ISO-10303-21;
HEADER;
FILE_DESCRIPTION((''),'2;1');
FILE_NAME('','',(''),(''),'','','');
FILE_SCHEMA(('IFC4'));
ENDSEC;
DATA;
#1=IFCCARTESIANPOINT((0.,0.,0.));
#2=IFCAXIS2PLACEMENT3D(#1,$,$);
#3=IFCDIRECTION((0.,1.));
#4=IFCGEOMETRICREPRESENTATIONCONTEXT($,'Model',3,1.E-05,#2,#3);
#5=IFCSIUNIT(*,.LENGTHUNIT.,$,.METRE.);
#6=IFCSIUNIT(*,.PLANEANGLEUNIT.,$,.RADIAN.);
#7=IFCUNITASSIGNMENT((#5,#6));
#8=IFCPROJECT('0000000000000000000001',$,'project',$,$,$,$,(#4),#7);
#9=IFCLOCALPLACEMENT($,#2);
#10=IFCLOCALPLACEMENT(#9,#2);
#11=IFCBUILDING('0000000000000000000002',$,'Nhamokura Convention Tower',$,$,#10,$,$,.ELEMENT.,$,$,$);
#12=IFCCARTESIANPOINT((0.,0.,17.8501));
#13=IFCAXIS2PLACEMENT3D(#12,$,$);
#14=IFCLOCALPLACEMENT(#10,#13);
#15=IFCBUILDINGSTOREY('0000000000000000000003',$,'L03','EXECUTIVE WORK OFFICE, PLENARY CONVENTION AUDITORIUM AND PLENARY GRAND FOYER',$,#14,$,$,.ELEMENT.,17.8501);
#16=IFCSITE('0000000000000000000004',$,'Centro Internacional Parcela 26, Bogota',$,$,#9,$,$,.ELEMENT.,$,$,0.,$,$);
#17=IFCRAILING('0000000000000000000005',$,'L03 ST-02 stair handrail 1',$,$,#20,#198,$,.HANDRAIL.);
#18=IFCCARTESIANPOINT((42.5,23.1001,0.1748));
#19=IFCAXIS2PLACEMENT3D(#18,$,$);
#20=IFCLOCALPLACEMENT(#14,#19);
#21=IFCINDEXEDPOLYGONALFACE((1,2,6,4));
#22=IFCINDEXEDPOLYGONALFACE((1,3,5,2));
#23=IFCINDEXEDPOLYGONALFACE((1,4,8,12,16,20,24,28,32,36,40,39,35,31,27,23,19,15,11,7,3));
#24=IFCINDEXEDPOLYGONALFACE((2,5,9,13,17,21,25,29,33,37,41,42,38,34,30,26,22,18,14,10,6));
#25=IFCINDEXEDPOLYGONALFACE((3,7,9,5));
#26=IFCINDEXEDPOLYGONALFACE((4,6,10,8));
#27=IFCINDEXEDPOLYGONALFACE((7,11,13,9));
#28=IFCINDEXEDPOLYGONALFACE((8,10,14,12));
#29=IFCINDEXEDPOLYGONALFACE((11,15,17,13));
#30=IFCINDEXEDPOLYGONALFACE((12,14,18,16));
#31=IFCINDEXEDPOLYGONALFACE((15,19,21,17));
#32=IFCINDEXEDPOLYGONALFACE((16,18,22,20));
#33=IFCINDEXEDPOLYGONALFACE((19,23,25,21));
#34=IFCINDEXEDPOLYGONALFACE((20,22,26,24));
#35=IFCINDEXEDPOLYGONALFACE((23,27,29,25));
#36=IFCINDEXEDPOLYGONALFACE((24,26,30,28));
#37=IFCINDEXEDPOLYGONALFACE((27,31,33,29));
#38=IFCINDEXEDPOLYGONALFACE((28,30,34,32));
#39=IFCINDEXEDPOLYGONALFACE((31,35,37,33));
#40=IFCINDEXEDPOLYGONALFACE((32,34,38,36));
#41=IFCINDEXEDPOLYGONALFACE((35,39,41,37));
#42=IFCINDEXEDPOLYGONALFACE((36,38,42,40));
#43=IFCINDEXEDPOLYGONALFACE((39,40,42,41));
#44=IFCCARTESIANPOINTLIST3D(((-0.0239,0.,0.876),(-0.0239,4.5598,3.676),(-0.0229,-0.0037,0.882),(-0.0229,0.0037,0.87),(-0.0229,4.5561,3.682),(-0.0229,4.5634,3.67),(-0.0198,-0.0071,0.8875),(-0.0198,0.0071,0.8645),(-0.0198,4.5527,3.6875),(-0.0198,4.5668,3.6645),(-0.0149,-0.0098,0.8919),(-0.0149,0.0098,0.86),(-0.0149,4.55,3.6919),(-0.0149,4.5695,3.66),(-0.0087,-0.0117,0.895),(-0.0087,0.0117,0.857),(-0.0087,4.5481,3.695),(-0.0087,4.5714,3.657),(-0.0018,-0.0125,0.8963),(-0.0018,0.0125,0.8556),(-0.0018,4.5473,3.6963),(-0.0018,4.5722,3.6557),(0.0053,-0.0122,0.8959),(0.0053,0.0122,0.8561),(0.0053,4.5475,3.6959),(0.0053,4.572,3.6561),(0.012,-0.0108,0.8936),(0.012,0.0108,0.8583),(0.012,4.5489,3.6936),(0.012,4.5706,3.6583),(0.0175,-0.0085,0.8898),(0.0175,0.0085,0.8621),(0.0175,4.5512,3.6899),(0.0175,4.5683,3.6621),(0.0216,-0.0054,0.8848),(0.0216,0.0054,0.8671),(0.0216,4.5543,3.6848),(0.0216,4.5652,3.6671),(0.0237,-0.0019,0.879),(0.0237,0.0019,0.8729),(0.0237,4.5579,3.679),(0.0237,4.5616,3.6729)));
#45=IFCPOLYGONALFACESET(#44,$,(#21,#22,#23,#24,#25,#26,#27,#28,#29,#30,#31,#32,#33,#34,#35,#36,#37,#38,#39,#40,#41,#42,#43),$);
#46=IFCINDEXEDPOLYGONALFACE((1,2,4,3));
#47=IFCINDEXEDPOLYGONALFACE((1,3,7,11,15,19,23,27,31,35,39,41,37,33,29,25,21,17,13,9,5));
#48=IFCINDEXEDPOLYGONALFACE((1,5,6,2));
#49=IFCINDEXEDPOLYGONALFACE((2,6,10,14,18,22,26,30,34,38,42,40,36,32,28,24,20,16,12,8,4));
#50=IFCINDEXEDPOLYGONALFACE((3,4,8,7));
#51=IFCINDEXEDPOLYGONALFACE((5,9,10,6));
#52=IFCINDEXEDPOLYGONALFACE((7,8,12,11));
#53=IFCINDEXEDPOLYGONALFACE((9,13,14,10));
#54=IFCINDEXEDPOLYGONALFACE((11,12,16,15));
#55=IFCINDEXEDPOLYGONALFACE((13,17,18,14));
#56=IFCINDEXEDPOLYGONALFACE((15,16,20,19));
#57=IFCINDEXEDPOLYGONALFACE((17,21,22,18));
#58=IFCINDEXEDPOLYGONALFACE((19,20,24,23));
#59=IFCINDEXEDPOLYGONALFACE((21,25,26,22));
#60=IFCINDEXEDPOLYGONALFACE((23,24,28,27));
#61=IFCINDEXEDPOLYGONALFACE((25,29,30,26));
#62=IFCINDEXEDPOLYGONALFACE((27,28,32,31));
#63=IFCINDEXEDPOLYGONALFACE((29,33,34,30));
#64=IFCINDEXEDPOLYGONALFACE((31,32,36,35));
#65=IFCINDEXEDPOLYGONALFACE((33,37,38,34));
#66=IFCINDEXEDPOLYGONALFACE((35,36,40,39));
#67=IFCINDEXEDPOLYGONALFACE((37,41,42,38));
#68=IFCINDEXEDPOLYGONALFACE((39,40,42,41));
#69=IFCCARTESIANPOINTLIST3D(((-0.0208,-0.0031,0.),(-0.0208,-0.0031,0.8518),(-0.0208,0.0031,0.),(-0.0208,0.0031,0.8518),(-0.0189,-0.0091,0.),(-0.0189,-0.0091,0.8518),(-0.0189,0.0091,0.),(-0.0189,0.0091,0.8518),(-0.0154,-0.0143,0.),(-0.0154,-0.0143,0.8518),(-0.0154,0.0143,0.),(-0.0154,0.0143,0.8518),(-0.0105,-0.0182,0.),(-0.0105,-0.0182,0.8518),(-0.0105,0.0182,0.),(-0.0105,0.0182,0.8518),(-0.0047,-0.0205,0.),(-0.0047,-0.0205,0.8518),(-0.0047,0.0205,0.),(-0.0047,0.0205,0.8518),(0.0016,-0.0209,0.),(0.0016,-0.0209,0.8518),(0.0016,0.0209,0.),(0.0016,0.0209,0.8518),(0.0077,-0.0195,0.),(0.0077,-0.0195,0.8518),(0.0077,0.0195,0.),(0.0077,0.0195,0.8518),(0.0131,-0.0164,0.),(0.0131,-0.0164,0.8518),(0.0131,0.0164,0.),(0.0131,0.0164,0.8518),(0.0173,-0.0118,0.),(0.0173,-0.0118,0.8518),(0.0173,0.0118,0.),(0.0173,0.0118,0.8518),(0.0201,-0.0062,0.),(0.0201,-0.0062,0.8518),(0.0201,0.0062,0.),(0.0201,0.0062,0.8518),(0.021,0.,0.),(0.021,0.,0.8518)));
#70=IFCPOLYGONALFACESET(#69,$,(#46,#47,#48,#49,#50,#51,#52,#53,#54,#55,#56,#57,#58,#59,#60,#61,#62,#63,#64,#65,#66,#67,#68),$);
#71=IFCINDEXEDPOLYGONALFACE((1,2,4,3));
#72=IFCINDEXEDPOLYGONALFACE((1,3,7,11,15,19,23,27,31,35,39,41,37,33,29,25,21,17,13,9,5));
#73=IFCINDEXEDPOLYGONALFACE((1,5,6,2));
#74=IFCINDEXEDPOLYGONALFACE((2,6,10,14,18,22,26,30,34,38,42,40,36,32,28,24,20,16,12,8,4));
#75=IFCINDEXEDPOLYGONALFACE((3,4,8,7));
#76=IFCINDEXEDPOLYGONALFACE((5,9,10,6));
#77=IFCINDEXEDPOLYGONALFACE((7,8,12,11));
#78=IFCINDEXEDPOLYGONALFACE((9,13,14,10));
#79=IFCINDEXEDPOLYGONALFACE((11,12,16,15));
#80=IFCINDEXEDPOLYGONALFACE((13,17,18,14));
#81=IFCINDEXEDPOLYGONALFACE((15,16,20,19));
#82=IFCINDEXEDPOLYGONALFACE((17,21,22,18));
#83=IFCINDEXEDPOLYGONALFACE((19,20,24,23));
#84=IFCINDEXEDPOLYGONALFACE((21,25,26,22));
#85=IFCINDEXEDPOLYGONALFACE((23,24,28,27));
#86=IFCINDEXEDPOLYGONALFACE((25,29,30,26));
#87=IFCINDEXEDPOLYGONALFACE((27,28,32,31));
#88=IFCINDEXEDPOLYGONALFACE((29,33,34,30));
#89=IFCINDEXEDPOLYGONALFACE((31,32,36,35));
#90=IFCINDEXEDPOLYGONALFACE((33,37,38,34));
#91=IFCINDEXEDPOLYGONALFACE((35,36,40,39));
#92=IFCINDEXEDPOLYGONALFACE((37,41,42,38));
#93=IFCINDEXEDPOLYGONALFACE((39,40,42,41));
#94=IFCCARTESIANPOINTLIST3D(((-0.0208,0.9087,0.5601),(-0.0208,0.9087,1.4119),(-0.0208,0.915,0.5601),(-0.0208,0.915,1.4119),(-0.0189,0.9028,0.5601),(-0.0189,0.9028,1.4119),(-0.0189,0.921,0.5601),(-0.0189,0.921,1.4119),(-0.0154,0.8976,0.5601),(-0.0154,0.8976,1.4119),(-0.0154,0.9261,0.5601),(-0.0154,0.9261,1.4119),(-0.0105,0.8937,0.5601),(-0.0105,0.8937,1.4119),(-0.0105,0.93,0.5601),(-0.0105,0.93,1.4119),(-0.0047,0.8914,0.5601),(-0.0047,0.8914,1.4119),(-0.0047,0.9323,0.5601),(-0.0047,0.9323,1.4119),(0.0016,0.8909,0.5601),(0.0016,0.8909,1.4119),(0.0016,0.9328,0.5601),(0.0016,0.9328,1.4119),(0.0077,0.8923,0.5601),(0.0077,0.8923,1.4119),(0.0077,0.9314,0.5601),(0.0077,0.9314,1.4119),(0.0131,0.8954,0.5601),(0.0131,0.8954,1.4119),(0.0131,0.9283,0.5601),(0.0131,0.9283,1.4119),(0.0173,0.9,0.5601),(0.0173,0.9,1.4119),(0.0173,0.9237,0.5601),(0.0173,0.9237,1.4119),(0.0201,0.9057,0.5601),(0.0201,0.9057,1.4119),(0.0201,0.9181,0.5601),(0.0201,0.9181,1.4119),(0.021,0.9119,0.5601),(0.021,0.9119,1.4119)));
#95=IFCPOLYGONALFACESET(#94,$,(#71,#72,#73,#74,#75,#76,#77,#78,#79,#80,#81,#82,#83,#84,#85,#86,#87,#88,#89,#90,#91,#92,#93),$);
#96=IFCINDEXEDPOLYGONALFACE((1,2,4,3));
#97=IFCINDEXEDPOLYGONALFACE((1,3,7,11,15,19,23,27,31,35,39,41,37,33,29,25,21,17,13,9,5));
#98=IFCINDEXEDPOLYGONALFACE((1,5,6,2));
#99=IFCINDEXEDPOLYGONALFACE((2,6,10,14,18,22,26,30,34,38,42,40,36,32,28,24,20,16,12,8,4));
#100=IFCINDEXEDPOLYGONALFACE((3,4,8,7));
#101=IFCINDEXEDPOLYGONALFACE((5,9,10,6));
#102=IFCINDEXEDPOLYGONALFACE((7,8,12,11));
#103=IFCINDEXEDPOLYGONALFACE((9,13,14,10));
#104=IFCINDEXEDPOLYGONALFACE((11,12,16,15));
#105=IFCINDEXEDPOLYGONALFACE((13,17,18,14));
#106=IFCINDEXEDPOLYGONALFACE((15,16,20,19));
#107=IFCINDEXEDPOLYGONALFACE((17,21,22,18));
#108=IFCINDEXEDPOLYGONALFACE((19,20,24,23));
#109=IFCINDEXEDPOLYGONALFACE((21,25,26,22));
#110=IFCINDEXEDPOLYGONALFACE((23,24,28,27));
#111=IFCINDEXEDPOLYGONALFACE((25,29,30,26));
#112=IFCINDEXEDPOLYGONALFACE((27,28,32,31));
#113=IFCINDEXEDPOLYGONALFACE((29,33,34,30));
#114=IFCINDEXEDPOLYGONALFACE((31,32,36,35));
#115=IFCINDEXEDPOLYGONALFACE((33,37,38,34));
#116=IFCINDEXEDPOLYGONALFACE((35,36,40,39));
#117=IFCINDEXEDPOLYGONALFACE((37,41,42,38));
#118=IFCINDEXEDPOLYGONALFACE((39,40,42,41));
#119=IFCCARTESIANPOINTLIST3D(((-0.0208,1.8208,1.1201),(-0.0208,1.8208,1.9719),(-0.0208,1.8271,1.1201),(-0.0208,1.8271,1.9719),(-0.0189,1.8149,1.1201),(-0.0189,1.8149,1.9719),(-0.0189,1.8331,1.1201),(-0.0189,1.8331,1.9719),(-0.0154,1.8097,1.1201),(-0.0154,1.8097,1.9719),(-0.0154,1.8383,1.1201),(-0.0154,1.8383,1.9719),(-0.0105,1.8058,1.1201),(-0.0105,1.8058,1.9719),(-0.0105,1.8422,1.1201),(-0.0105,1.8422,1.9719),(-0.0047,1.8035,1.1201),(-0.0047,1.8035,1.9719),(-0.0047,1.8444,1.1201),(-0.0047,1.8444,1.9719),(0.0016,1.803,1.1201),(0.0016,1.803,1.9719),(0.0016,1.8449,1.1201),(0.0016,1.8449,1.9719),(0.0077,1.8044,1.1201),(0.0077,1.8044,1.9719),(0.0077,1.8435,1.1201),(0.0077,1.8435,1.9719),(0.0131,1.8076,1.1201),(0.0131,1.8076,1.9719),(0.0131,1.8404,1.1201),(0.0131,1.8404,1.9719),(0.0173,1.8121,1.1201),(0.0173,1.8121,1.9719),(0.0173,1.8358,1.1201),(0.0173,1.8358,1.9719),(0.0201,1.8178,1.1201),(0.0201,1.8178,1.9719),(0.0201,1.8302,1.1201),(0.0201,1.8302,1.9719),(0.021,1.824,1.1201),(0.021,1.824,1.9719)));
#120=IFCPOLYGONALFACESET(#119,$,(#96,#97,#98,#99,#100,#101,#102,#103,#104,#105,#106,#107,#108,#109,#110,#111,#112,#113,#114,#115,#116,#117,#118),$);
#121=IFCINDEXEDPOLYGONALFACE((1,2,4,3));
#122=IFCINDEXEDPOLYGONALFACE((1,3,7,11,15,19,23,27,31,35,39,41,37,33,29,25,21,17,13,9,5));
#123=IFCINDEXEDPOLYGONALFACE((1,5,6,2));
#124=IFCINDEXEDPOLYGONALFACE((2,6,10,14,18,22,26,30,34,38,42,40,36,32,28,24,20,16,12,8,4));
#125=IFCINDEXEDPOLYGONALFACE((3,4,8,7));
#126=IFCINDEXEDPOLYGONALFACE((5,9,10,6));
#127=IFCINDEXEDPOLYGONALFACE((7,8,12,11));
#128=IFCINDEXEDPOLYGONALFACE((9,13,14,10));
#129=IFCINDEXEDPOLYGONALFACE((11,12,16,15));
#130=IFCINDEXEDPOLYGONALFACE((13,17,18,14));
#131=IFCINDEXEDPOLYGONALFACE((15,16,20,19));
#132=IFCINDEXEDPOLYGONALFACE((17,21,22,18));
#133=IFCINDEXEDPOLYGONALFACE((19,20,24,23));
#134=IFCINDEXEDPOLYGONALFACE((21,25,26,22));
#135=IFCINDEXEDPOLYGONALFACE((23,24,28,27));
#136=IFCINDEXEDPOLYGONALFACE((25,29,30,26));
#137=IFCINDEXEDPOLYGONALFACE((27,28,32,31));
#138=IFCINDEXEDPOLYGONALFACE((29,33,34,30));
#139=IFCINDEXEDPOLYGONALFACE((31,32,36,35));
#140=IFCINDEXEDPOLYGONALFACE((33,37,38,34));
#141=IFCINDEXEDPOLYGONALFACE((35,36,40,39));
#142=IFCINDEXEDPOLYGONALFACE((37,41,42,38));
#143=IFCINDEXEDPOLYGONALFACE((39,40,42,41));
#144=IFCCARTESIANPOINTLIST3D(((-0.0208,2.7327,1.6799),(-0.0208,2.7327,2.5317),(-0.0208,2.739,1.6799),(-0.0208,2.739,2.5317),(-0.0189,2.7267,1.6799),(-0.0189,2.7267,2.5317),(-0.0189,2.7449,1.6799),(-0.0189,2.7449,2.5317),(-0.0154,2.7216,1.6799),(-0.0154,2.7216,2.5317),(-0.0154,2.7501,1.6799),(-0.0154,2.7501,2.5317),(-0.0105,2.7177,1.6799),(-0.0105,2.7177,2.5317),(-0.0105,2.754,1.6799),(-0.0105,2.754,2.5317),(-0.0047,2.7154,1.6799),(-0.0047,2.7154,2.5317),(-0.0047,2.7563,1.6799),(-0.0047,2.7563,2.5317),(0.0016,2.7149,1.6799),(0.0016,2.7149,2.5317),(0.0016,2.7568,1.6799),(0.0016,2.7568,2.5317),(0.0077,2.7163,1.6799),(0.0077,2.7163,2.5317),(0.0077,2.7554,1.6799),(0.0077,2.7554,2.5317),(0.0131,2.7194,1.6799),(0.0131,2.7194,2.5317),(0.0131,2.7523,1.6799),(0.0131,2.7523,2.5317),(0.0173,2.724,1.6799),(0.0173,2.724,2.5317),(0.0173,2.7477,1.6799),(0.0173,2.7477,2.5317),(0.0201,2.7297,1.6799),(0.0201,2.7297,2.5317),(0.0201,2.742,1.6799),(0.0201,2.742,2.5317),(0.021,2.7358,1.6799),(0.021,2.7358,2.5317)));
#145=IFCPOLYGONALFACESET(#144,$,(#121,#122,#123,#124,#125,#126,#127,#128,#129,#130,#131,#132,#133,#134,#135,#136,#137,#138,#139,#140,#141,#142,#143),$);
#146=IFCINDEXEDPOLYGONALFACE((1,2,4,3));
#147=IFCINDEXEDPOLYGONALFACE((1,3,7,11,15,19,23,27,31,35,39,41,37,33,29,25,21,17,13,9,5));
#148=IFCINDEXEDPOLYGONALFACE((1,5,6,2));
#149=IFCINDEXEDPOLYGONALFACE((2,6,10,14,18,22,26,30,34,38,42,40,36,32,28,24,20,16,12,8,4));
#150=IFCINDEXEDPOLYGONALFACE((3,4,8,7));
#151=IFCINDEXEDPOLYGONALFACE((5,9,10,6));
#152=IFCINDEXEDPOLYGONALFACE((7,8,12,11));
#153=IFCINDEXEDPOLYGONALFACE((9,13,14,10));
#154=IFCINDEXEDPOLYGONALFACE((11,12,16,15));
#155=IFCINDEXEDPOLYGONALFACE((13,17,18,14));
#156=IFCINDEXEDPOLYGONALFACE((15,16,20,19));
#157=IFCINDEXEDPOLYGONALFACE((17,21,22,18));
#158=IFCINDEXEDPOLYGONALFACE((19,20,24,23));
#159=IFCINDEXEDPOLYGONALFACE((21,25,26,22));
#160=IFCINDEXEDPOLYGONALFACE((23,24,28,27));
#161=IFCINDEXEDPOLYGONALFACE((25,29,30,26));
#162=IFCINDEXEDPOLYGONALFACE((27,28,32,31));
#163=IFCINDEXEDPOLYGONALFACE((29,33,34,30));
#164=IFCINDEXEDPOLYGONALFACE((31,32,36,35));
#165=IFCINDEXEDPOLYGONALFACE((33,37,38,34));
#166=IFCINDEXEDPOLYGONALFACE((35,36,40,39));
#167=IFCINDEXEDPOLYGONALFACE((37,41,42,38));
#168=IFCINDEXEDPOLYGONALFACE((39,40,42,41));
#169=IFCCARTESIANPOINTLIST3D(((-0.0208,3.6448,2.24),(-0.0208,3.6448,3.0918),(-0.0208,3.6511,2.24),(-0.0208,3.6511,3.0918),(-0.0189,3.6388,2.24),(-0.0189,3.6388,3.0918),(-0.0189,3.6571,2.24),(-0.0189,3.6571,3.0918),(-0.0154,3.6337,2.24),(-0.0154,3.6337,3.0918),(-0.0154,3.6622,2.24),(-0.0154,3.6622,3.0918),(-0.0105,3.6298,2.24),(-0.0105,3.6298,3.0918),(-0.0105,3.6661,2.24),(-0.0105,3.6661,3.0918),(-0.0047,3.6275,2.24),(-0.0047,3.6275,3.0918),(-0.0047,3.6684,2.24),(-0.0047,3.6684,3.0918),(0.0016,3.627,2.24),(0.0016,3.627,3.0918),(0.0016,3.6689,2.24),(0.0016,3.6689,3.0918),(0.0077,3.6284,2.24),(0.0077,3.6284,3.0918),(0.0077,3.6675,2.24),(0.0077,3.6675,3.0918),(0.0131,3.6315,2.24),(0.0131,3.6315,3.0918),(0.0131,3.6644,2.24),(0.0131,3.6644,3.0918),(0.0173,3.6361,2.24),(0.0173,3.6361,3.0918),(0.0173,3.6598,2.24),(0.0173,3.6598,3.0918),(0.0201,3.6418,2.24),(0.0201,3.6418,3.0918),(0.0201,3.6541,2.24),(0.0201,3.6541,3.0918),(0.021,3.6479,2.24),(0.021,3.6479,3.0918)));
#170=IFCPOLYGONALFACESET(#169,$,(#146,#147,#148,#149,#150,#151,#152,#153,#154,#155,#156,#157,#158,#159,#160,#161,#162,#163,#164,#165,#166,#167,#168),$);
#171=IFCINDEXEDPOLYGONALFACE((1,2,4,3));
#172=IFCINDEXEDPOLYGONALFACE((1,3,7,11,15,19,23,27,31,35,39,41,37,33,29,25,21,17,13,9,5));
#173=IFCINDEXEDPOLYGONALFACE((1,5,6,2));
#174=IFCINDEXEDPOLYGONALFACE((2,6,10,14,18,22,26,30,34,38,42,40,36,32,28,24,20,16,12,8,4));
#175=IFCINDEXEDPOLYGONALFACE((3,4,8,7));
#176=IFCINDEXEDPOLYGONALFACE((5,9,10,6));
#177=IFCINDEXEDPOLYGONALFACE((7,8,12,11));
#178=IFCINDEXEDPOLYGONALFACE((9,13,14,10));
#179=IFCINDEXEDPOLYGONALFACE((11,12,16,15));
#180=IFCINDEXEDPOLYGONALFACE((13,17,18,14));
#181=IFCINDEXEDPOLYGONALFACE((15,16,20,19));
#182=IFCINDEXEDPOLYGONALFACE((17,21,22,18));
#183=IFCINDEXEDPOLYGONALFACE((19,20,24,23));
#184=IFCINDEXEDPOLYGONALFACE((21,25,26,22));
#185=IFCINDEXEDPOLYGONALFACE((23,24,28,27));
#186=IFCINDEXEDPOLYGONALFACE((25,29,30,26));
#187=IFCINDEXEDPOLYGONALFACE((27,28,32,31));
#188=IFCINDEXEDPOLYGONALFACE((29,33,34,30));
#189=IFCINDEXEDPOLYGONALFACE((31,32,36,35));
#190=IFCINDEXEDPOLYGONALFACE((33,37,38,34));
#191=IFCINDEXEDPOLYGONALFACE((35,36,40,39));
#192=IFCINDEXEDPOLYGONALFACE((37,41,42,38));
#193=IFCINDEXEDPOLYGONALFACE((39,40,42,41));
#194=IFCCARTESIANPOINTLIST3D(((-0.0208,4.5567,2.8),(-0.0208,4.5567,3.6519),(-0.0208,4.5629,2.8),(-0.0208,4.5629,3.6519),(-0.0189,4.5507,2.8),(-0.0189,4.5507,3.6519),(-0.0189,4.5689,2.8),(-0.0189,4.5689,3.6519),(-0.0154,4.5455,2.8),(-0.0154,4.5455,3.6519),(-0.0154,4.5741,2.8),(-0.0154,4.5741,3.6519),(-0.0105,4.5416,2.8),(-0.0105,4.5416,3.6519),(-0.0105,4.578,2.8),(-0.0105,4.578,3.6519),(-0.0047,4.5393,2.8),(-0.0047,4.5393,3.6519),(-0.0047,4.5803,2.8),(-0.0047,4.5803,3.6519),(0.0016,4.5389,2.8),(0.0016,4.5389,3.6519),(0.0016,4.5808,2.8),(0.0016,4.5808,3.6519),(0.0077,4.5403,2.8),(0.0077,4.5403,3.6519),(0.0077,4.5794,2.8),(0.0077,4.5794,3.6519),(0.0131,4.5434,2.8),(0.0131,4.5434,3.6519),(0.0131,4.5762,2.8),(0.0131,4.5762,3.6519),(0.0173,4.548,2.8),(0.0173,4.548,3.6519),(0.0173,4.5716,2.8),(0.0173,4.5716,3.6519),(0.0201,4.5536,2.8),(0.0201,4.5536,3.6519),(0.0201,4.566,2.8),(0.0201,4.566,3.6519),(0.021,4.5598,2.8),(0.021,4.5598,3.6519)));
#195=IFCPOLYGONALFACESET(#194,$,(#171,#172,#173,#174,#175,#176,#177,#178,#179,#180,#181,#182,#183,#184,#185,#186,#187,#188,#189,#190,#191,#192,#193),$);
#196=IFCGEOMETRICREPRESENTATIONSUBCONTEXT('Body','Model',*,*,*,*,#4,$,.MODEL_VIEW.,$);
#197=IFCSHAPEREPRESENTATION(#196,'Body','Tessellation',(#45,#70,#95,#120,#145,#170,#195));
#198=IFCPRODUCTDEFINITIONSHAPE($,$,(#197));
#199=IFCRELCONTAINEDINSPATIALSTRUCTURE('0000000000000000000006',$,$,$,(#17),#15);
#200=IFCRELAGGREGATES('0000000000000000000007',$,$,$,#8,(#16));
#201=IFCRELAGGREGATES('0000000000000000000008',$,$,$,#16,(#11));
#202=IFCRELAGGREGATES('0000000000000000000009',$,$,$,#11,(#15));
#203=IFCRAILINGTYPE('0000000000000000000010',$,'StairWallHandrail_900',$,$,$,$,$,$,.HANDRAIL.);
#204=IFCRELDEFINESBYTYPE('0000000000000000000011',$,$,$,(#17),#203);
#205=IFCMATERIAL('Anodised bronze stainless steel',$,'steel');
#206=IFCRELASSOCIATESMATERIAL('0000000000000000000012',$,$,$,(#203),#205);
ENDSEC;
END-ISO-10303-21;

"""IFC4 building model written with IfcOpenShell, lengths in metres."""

from ifc_helpers import new_model, si_unit, direction, frame, origin, origin_2d, place, context, subcontext, project, spatial, circle, extrude, material, type_object, element, save


model = new_model("IFC4")

# Units and contexts
model_context = context("Model", 3, precision=1e-05, world=origin(), true_north=direction((0.0, 1.0)))
body_context = subcontext(model_context, "Body", "Model", "MODEL_VIEW")
ifc_project = project(units=[si_unit("LENGTHUNIT", "METRE"), si_unit("PLANEANGLEUNIT", "RADIAN")], contexts=[model_context])

# Site, building, storey
site_placement = place(None, origin())
site = spatial("IfcSite", under=ifc_project, at=site_placement, Name="Centro Internacional Parcela 26, Bogota", CompositionType="ELEMENT", RefElevation=0.0)
building_placement = place(site_placement, origin())
building = spatial("IfcBuilding", under=site, at=building_placement, Name="Nhamokura Convention Tower", CompositionType="ELEMENT")
storey_placement = place(building_placement, frame((0.0, 0.0, 17.8501)))
storey = spatial("IfcBuildingStorey", under=building, at=storey_placement, Name="L03", Description="EXECUTIVE WORK OFFICE, PLENARY CONVENTION AUDITORIUM AND PLENARY GRAND FOYER", CompositionType="ELEMENT", Elevation=17.8501)

# Railing
ifc_material_1 = material(Name="Anodised bronze stainless steel", Category="steel")
railing_type_1 = type_object("IfcRailingType", Name="StairWallHandrail_900", PredefinedType="HANDRAIL", material=ifc_material_1)
railing_1_placement = place(storey_placement, frame((42.5, 23.1001, 0.1748)))
element("IfcRailing", 1, at=railing_1_placement, inside=storey, type_object=railing_type_1, Name="L03 ST-02 stair handrail 1", PredefinedType="HANDRAIL", context=body_context, shape_type="SweptSolid", body=[
    extrude(circle(Radius=0.0239, at=origin_2d()), frame((0.0, 0.0, 0.876), z_axis=(0.0, 0.852158, 0.523285), x_axis=(-1.0, 0.0, 0.0)), (0.0, 0.0, 1.0), 5.3508),
    extrude(circle(Radius=0.021, at=origin_2d()), origin(), (0.0, 0.0, 1.0), 0.8518),
    extrude(circle(Radius=0.021, at=origin_2d()), frame((0.0, 0.9119, 0.5601)), (0.0, 0.0, 1.0), 0.8518),
    extrude(circle(Radius=0.021, at=origin_2d()), frame((0.0, 1.824, 1.1201)), (0.0, 0.0, 1.0), 0.8518),
    extrude(circle(Radius=0.021, at=origin_2d()), frame((0.0, 2.7358, 1.6799)), (0.0, 0.0, 1.0), 0.8518),
    extrude(circle(Radius=0.021, at=origin_2d()), frame((0.0, 3.6479, 2.24)), (0.0, 0.0, 1.0), 0.8518),
    extrude(circle(Radius=0.021, at=origin_2d()), frame((0.0, 4.5598, 2.8)), (0.0, 0.0, 1.0), 0.8518),
])

save(model, "model.ifc")
